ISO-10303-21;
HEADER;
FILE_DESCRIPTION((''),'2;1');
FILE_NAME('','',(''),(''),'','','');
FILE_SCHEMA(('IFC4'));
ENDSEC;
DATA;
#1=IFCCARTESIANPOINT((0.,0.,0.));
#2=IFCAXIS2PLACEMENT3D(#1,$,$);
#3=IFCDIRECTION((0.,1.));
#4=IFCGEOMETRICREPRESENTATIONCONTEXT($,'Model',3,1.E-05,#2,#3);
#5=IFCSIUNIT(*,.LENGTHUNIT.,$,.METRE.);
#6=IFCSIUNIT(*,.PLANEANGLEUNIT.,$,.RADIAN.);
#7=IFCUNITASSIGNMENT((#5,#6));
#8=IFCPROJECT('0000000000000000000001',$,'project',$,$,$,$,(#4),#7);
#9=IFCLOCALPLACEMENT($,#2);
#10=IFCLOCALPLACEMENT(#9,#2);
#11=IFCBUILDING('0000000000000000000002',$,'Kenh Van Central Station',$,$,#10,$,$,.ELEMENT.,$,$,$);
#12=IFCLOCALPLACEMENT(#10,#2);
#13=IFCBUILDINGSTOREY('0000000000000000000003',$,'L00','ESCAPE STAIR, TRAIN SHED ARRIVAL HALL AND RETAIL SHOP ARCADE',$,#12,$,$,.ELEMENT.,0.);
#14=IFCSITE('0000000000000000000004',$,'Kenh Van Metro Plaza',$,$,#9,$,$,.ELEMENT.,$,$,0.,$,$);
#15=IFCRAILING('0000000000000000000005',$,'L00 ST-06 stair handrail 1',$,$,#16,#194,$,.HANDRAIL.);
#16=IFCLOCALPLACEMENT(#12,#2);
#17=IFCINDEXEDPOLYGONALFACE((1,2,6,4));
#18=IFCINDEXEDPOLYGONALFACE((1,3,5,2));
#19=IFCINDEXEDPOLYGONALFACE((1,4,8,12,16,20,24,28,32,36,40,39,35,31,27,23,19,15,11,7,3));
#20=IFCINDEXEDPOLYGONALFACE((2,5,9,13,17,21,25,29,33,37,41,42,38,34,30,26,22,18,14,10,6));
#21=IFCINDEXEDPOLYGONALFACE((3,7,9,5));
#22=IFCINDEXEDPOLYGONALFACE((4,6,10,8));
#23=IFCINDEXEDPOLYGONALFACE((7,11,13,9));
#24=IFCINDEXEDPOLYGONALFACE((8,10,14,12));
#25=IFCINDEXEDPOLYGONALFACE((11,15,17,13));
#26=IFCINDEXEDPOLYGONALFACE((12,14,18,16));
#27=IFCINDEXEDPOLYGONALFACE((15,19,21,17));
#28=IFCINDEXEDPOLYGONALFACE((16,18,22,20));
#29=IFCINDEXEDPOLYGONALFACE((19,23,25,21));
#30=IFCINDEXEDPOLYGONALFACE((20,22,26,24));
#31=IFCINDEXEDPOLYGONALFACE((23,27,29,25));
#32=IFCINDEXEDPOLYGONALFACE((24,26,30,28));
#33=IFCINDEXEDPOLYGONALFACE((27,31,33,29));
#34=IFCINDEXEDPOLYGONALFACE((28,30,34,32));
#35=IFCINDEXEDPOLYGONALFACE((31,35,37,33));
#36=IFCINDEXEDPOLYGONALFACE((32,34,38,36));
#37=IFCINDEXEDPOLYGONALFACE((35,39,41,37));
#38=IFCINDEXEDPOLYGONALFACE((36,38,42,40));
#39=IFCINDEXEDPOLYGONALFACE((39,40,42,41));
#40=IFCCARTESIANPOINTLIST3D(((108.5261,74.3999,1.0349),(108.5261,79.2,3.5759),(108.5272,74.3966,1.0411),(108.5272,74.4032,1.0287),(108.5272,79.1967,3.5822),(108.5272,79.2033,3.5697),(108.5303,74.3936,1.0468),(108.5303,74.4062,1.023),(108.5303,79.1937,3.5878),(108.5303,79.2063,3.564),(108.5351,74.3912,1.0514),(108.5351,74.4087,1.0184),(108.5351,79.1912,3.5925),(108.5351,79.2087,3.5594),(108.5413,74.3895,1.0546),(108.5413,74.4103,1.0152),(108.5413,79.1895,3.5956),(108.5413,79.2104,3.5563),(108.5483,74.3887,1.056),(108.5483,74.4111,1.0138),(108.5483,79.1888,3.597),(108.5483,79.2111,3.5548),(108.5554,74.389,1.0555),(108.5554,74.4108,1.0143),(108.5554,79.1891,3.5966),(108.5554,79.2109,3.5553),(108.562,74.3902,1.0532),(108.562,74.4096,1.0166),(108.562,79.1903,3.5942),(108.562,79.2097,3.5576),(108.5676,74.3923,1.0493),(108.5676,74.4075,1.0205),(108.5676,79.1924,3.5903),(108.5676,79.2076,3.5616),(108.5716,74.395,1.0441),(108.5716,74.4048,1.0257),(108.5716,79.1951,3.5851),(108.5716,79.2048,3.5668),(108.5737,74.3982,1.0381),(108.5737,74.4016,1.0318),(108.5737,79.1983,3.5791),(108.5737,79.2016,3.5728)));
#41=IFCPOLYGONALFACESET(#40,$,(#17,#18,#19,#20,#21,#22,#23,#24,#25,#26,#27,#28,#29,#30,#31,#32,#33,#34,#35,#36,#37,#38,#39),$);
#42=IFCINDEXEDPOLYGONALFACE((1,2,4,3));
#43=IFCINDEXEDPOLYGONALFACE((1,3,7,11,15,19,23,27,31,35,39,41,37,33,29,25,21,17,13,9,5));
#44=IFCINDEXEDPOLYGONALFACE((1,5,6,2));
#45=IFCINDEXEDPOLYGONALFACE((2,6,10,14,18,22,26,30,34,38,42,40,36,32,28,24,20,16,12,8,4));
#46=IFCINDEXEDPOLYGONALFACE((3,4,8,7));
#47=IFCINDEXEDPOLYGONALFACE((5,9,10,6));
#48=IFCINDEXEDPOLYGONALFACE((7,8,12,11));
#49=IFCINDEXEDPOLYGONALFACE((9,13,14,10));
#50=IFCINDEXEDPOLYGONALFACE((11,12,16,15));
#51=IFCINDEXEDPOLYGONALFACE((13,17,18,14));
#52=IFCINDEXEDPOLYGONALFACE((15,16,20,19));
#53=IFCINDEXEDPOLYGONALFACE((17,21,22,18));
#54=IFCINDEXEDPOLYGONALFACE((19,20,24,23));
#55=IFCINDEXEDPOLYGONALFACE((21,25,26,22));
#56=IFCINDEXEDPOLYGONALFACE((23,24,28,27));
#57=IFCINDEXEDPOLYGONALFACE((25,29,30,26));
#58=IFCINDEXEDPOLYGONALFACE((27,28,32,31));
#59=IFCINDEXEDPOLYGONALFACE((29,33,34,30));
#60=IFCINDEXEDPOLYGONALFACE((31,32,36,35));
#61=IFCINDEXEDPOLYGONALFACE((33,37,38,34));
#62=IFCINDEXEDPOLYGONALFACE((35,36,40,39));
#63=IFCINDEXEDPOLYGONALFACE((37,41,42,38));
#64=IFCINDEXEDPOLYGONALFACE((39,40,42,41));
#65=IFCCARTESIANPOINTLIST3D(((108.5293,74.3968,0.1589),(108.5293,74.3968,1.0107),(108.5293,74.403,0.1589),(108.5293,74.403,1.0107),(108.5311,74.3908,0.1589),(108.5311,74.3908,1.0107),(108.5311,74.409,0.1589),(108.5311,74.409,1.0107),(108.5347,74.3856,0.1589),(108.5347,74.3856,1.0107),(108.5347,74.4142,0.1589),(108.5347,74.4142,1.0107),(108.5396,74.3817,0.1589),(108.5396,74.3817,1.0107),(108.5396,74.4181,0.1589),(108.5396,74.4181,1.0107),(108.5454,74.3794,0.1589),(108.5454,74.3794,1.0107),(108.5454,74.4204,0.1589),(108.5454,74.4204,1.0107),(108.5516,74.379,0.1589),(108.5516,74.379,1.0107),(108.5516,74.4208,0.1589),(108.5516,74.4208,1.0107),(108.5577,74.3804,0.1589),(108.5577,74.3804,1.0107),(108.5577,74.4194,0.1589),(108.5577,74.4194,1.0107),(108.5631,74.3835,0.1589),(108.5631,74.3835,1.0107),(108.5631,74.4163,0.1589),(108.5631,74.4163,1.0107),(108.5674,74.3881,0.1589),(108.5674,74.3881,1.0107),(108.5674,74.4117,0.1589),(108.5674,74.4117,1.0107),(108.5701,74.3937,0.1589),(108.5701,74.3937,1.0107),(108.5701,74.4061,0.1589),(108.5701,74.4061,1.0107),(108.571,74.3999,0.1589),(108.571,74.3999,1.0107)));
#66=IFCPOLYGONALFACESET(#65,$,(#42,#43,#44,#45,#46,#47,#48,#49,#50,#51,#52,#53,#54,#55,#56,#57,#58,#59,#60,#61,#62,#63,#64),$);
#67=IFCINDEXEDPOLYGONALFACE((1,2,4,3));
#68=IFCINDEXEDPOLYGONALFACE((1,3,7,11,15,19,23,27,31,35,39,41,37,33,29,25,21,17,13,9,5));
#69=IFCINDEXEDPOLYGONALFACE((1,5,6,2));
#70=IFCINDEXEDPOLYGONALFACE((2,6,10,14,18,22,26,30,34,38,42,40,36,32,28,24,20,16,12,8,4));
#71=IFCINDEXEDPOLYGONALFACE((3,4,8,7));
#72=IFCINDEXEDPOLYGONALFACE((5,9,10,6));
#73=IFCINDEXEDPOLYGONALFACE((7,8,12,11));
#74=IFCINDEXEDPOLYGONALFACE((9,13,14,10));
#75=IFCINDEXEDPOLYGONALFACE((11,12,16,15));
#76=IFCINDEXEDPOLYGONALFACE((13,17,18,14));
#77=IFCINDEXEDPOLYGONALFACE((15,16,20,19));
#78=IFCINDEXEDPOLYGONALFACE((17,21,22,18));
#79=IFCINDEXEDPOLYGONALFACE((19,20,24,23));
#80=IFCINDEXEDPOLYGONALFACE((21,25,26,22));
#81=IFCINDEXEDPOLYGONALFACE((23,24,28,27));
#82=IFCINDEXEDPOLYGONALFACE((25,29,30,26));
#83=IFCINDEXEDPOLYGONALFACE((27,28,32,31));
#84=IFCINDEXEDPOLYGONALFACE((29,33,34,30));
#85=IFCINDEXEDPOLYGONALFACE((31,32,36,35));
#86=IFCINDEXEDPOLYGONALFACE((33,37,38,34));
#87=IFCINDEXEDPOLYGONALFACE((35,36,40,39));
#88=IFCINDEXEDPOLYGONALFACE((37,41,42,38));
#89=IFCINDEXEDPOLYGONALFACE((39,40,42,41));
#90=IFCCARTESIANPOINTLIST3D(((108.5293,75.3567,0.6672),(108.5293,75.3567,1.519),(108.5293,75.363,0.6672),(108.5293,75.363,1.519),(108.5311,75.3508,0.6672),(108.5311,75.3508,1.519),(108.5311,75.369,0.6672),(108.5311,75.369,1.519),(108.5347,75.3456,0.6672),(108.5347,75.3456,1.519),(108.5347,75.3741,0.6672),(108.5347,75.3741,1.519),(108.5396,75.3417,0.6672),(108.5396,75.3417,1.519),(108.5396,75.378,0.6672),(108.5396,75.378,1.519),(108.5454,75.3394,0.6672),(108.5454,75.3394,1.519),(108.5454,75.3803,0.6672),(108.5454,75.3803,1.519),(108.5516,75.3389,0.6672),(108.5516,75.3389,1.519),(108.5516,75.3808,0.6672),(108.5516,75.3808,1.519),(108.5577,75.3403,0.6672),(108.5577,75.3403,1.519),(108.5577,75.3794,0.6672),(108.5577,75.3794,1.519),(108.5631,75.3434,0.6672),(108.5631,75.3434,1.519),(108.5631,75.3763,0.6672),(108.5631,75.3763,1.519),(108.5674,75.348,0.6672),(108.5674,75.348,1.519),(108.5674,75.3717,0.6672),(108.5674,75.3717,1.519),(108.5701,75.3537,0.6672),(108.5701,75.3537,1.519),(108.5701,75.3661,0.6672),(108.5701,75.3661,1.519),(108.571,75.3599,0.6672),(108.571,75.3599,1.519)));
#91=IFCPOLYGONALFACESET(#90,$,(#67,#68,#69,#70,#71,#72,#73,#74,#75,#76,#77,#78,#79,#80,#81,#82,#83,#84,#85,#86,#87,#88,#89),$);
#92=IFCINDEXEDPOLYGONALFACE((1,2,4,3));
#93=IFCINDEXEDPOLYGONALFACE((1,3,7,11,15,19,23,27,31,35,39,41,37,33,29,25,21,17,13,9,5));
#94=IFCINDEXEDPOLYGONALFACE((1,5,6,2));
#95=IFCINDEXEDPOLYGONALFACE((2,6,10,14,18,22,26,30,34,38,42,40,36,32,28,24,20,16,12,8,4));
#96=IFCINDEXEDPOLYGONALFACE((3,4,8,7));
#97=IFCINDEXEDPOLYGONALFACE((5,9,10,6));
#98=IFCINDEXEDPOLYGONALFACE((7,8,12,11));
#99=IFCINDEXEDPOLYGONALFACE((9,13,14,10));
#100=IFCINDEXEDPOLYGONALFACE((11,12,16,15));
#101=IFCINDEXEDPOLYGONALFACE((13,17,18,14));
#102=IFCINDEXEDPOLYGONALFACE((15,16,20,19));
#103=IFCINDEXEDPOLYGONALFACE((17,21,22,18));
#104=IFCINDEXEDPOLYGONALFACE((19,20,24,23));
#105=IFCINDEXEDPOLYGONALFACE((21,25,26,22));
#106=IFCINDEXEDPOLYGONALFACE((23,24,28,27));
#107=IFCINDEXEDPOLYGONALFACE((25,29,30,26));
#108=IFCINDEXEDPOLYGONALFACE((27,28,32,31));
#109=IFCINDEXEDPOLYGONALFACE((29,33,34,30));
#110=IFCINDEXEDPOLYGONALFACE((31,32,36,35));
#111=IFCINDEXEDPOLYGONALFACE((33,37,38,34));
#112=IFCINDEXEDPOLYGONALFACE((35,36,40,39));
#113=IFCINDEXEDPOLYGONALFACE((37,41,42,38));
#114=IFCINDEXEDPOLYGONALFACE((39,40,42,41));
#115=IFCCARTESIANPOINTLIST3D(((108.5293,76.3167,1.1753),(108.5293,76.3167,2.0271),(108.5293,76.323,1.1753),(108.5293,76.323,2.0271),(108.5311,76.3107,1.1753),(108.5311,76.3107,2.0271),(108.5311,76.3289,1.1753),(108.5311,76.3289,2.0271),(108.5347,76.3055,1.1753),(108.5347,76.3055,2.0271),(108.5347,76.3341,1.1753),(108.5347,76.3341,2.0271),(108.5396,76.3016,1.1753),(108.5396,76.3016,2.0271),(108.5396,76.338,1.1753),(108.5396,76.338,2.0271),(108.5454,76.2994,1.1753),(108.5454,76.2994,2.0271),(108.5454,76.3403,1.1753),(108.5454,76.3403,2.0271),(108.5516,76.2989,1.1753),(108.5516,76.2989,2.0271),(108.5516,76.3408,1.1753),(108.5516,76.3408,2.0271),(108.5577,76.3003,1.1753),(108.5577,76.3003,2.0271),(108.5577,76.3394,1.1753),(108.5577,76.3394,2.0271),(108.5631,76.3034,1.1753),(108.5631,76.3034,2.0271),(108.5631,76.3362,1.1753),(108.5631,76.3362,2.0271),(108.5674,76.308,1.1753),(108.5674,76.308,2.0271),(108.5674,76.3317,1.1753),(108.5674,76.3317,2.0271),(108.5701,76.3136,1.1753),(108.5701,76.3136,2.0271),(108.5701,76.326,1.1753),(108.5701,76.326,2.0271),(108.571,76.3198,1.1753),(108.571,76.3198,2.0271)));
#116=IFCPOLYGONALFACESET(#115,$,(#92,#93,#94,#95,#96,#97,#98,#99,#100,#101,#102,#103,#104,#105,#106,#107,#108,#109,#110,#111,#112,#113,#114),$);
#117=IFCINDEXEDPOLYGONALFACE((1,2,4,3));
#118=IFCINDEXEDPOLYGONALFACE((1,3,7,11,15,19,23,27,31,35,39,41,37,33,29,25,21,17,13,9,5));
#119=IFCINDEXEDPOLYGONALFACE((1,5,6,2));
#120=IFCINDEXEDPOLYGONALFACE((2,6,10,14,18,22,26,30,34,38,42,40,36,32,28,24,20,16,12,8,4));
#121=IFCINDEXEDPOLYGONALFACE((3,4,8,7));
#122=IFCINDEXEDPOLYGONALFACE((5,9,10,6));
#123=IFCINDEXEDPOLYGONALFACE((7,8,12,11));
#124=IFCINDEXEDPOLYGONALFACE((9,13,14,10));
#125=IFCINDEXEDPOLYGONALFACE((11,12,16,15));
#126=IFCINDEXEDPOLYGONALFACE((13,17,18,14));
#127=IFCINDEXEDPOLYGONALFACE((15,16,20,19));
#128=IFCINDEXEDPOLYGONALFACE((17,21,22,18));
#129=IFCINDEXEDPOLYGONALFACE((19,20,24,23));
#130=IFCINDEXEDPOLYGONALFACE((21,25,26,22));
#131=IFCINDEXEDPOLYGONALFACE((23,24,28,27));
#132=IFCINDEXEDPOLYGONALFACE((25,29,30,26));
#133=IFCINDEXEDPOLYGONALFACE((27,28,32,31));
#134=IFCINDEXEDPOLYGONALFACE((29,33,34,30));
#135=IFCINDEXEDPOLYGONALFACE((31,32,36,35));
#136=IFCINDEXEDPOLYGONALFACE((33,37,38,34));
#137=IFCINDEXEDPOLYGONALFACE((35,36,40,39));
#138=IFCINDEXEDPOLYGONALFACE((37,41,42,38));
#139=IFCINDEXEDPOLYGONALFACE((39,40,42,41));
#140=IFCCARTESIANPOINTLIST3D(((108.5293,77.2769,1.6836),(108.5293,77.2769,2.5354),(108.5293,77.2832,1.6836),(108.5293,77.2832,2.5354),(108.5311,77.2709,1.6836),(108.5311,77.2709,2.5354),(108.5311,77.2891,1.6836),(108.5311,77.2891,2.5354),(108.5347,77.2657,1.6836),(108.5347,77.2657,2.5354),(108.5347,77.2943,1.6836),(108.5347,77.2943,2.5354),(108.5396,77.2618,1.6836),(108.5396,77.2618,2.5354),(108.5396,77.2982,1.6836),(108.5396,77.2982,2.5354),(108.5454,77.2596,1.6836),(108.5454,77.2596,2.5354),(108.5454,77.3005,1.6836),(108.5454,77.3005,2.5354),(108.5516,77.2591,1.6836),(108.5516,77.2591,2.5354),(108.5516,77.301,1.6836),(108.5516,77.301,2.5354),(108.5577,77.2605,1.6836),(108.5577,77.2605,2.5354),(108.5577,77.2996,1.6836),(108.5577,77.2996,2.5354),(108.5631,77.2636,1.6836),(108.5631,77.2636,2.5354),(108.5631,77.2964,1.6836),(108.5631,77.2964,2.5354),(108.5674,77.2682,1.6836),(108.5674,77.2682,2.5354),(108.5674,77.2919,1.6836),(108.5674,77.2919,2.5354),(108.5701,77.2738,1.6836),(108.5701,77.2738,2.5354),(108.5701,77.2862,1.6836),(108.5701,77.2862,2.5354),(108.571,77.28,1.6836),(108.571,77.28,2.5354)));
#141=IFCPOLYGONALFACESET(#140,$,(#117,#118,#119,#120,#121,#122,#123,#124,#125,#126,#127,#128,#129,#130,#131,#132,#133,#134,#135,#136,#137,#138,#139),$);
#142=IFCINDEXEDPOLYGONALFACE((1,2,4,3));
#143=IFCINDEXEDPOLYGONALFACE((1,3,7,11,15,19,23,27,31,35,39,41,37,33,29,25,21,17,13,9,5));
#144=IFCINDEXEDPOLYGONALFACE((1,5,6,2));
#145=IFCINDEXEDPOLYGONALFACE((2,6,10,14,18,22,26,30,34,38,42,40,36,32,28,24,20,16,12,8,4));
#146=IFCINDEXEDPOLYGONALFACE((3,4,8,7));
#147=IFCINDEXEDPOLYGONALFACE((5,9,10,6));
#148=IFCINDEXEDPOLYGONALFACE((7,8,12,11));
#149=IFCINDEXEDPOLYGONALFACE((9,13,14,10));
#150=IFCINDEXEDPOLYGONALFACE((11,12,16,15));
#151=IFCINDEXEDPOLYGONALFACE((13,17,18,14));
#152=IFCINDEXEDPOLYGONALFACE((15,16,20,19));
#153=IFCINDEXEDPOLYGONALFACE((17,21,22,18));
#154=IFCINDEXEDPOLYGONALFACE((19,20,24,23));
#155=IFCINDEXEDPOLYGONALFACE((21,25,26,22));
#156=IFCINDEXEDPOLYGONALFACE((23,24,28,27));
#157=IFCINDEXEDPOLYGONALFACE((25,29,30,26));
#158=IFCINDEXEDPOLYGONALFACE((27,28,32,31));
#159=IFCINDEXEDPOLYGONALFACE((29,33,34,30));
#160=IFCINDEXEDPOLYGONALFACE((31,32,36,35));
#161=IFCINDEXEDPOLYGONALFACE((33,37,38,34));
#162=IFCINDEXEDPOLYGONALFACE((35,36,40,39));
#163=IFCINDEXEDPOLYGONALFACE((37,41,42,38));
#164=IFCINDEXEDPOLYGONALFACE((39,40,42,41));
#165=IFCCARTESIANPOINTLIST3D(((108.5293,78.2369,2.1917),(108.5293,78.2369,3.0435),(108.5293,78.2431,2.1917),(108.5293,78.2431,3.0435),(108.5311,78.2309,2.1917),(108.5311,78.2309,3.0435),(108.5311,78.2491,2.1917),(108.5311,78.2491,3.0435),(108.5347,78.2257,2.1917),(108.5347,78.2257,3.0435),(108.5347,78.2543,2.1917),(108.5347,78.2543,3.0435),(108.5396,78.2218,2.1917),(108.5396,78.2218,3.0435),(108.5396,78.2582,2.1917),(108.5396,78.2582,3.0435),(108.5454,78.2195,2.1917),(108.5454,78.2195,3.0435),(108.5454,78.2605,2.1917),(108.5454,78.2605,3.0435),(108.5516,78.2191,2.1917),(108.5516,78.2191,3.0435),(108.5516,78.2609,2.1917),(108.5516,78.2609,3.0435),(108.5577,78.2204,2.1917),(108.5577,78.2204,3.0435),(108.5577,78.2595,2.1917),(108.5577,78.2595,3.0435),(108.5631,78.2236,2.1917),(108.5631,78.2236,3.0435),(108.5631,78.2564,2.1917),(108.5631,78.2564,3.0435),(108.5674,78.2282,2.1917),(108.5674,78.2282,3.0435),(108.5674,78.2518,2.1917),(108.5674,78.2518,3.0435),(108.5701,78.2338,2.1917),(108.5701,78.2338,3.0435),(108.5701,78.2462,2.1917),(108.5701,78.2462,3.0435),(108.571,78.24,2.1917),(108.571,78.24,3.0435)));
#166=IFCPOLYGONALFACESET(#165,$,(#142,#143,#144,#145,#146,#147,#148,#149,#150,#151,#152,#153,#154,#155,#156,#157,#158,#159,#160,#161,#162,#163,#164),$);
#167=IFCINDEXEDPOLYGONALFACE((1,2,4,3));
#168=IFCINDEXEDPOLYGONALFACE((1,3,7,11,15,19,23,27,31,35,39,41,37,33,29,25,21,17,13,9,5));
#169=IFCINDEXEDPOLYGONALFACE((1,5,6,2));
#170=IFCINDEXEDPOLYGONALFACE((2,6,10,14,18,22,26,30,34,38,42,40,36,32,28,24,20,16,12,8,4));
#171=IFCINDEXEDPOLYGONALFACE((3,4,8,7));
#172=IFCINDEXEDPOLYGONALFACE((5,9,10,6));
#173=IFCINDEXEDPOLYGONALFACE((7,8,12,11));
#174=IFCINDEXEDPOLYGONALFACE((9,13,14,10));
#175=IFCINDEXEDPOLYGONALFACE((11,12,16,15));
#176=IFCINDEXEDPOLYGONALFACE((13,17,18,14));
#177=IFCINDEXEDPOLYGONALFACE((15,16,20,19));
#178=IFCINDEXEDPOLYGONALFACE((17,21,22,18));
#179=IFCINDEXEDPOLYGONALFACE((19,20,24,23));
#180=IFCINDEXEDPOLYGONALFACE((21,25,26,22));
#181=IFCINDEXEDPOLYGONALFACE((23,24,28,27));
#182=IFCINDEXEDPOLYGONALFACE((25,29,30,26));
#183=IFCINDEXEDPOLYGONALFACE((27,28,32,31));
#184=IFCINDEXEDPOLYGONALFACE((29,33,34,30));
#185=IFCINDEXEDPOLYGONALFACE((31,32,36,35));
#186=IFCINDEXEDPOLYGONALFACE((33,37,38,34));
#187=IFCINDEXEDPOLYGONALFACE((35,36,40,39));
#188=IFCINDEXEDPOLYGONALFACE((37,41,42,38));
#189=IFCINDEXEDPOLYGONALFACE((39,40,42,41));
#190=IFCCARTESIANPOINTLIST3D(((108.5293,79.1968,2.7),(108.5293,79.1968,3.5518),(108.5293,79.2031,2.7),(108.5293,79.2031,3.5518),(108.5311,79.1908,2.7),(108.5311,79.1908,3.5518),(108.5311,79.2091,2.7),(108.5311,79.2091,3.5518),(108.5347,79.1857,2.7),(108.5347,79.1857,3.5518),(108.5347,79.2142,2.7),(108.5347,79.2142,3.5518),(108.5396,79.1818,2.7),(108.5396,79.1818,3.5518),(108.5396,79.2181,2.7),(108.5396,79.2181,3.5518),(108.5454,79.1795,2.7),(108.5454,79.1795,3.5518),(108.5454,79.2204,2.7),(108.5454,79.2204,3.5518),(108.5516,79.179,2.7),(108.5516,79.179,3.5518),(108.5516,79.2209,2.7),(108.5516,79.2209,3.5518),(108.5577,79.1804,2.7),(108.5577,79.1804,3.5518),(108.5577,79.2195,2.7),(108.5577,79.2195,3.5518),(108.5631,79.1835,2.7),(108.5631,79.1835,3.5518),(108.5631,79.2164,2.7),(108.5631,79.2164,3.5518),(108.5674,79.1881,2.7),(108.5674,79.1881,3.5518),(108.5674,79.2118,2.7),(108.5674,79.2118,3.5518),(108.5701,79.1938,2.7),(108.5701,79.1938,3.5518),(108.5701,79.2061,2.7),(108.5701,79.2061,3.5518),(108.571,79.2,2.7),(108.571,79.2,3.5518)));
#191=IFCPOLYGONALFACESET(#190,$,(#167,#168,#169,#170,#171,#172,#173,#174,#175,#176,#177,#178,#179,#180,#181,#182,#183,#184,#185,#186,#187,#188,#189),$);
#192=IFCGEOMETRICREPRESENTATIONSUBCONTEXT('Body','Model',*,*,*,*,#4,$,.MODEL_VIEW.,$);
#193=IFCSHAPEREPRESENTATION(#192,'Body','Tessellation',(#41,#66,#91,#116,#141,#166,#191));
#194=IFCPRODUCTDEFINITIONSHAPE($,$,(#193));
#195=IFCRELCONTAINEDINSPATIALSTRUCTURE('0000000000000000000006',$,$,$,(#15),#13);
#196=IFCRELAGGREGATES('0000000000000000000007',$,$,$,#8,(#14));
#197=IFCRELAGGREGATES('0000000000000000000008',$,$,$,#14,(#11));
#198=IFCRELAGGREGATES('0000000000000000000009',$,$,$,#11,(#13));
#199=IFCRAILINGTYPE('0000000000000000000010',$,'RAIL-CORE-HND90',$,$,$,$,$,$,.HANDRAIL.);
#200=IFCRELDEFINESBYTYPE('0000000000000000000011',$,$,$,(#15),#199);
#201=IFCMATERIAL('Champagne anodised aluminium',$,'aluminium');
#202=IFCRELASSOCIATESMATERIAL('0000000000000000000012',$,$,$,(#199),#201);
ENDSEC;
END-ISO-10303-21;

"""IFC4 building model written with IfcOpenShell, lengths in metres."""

from ifc_helpers import new_model, si_unit, direction, frame, origin, origin_2d, place, context, subcontext, project, spatial, circle, extrude, material, type_object, element, save


model = new_model("IFC4")

# Units and contexts
model_context = context("Model", 3, precision=1e-05, world=origin(), true_north=direction((0.0, 1.0)))
body_context = subcontext(model_context, "Body", "Model", "MODEL_VIEW")
ifc_project = project(units=[si_unit("LENGTHUNIT", "METRE"), si_unit("PLANEANGLEUNIT", "RADIAN")], contexts=[model_context])

# Site, building, storey
site_placement = place(None, origin())
site = spatial("IfcSite", under=ifc_project, at=site_placement, Name="Kenh Van Metro Plaza", CompositionType="ELEMENT", RefElevation=0.0)
building_placement = place(site_placement, origin())
building = spatial("IfcBuilding", under=site, at=building_placement, Name="Kenh Van Central Station", CompositionType="ELEMENT")
storey_placement = place(building_placement, origin())
storey = spatial("IfcBuildingStorey", under=building, at=storey_placement, Name="L00", Description="ESCAPE STAIR, TRAIN SHED ARRIVAL HALL AND RETAIL SHOP ARCADE", CompositionType="ELEMENT", Elevation=0.0)

# Shared definitions
ifc_material_1 = material(Name="Champagne anodised aluminium", Category="aluminium")

# Railing
railing_type_1 = type_object("IfcRailingType", Name="RAIL-CORE-HND90", PredefinedType="HANDRAIL", material=ifc_material_1)
railing_1_placement = place(storey_placement, frame((108.55, 74.3999, 0.1589)))
element("IfcRailing", 1, at=railing_1_placement, inside=storey, type_object=railing_type_1, Name="L00 ST-06 stair handrail 1", PredefinedType="HANDRAIL", context=body_context, shape_type="SweptSolid", body=[
    extrude(circle(Radius=0.0239, at=origin_2d()), frame((0.0, 0.0, 0.876), z_axis=(0.0, 0.883802, 0.467861), x_axis=(-1.0, 0.0, 0.0)), (0.0, 0.0, 1.0), 5.4312),
    extrude(circle(Radius=0.021, at=origin_2d()), origin(), (0.0, 0.0, 1.0), 0.8518),
    extrude(circle(Radius=0.021, at=origin_2d()), frame((0.0, 0.96, 0.5083)), (0.0, 0.0, 1.0), 0.8518),
    extrude(circle(Radius=0.021, at=origin_2d()), frame((0.0, 1.9199, 1.0164)), (0.0, 0.0, 1.0), 0.8518),
    extrude(circle(Radius=0.021, at=origin_2d()), frame((0.0, 2.8801, 1.5247)), (0.0, 0.0, 1.0), 0.8518),
    extrude(circle(Radius=0.021, at=origin_2d()), frame((0.0, 3.8401, 2.0327)), (0.0, 0.0, 1.0), 0.8518),
    extrude(circle(Radius=0.021, at=origin_2d()), frame((0.0, 4.8, 2.541)), (0.0, 0.0, 1.0), 0.8518),
])

save(model, "model.ifc")
